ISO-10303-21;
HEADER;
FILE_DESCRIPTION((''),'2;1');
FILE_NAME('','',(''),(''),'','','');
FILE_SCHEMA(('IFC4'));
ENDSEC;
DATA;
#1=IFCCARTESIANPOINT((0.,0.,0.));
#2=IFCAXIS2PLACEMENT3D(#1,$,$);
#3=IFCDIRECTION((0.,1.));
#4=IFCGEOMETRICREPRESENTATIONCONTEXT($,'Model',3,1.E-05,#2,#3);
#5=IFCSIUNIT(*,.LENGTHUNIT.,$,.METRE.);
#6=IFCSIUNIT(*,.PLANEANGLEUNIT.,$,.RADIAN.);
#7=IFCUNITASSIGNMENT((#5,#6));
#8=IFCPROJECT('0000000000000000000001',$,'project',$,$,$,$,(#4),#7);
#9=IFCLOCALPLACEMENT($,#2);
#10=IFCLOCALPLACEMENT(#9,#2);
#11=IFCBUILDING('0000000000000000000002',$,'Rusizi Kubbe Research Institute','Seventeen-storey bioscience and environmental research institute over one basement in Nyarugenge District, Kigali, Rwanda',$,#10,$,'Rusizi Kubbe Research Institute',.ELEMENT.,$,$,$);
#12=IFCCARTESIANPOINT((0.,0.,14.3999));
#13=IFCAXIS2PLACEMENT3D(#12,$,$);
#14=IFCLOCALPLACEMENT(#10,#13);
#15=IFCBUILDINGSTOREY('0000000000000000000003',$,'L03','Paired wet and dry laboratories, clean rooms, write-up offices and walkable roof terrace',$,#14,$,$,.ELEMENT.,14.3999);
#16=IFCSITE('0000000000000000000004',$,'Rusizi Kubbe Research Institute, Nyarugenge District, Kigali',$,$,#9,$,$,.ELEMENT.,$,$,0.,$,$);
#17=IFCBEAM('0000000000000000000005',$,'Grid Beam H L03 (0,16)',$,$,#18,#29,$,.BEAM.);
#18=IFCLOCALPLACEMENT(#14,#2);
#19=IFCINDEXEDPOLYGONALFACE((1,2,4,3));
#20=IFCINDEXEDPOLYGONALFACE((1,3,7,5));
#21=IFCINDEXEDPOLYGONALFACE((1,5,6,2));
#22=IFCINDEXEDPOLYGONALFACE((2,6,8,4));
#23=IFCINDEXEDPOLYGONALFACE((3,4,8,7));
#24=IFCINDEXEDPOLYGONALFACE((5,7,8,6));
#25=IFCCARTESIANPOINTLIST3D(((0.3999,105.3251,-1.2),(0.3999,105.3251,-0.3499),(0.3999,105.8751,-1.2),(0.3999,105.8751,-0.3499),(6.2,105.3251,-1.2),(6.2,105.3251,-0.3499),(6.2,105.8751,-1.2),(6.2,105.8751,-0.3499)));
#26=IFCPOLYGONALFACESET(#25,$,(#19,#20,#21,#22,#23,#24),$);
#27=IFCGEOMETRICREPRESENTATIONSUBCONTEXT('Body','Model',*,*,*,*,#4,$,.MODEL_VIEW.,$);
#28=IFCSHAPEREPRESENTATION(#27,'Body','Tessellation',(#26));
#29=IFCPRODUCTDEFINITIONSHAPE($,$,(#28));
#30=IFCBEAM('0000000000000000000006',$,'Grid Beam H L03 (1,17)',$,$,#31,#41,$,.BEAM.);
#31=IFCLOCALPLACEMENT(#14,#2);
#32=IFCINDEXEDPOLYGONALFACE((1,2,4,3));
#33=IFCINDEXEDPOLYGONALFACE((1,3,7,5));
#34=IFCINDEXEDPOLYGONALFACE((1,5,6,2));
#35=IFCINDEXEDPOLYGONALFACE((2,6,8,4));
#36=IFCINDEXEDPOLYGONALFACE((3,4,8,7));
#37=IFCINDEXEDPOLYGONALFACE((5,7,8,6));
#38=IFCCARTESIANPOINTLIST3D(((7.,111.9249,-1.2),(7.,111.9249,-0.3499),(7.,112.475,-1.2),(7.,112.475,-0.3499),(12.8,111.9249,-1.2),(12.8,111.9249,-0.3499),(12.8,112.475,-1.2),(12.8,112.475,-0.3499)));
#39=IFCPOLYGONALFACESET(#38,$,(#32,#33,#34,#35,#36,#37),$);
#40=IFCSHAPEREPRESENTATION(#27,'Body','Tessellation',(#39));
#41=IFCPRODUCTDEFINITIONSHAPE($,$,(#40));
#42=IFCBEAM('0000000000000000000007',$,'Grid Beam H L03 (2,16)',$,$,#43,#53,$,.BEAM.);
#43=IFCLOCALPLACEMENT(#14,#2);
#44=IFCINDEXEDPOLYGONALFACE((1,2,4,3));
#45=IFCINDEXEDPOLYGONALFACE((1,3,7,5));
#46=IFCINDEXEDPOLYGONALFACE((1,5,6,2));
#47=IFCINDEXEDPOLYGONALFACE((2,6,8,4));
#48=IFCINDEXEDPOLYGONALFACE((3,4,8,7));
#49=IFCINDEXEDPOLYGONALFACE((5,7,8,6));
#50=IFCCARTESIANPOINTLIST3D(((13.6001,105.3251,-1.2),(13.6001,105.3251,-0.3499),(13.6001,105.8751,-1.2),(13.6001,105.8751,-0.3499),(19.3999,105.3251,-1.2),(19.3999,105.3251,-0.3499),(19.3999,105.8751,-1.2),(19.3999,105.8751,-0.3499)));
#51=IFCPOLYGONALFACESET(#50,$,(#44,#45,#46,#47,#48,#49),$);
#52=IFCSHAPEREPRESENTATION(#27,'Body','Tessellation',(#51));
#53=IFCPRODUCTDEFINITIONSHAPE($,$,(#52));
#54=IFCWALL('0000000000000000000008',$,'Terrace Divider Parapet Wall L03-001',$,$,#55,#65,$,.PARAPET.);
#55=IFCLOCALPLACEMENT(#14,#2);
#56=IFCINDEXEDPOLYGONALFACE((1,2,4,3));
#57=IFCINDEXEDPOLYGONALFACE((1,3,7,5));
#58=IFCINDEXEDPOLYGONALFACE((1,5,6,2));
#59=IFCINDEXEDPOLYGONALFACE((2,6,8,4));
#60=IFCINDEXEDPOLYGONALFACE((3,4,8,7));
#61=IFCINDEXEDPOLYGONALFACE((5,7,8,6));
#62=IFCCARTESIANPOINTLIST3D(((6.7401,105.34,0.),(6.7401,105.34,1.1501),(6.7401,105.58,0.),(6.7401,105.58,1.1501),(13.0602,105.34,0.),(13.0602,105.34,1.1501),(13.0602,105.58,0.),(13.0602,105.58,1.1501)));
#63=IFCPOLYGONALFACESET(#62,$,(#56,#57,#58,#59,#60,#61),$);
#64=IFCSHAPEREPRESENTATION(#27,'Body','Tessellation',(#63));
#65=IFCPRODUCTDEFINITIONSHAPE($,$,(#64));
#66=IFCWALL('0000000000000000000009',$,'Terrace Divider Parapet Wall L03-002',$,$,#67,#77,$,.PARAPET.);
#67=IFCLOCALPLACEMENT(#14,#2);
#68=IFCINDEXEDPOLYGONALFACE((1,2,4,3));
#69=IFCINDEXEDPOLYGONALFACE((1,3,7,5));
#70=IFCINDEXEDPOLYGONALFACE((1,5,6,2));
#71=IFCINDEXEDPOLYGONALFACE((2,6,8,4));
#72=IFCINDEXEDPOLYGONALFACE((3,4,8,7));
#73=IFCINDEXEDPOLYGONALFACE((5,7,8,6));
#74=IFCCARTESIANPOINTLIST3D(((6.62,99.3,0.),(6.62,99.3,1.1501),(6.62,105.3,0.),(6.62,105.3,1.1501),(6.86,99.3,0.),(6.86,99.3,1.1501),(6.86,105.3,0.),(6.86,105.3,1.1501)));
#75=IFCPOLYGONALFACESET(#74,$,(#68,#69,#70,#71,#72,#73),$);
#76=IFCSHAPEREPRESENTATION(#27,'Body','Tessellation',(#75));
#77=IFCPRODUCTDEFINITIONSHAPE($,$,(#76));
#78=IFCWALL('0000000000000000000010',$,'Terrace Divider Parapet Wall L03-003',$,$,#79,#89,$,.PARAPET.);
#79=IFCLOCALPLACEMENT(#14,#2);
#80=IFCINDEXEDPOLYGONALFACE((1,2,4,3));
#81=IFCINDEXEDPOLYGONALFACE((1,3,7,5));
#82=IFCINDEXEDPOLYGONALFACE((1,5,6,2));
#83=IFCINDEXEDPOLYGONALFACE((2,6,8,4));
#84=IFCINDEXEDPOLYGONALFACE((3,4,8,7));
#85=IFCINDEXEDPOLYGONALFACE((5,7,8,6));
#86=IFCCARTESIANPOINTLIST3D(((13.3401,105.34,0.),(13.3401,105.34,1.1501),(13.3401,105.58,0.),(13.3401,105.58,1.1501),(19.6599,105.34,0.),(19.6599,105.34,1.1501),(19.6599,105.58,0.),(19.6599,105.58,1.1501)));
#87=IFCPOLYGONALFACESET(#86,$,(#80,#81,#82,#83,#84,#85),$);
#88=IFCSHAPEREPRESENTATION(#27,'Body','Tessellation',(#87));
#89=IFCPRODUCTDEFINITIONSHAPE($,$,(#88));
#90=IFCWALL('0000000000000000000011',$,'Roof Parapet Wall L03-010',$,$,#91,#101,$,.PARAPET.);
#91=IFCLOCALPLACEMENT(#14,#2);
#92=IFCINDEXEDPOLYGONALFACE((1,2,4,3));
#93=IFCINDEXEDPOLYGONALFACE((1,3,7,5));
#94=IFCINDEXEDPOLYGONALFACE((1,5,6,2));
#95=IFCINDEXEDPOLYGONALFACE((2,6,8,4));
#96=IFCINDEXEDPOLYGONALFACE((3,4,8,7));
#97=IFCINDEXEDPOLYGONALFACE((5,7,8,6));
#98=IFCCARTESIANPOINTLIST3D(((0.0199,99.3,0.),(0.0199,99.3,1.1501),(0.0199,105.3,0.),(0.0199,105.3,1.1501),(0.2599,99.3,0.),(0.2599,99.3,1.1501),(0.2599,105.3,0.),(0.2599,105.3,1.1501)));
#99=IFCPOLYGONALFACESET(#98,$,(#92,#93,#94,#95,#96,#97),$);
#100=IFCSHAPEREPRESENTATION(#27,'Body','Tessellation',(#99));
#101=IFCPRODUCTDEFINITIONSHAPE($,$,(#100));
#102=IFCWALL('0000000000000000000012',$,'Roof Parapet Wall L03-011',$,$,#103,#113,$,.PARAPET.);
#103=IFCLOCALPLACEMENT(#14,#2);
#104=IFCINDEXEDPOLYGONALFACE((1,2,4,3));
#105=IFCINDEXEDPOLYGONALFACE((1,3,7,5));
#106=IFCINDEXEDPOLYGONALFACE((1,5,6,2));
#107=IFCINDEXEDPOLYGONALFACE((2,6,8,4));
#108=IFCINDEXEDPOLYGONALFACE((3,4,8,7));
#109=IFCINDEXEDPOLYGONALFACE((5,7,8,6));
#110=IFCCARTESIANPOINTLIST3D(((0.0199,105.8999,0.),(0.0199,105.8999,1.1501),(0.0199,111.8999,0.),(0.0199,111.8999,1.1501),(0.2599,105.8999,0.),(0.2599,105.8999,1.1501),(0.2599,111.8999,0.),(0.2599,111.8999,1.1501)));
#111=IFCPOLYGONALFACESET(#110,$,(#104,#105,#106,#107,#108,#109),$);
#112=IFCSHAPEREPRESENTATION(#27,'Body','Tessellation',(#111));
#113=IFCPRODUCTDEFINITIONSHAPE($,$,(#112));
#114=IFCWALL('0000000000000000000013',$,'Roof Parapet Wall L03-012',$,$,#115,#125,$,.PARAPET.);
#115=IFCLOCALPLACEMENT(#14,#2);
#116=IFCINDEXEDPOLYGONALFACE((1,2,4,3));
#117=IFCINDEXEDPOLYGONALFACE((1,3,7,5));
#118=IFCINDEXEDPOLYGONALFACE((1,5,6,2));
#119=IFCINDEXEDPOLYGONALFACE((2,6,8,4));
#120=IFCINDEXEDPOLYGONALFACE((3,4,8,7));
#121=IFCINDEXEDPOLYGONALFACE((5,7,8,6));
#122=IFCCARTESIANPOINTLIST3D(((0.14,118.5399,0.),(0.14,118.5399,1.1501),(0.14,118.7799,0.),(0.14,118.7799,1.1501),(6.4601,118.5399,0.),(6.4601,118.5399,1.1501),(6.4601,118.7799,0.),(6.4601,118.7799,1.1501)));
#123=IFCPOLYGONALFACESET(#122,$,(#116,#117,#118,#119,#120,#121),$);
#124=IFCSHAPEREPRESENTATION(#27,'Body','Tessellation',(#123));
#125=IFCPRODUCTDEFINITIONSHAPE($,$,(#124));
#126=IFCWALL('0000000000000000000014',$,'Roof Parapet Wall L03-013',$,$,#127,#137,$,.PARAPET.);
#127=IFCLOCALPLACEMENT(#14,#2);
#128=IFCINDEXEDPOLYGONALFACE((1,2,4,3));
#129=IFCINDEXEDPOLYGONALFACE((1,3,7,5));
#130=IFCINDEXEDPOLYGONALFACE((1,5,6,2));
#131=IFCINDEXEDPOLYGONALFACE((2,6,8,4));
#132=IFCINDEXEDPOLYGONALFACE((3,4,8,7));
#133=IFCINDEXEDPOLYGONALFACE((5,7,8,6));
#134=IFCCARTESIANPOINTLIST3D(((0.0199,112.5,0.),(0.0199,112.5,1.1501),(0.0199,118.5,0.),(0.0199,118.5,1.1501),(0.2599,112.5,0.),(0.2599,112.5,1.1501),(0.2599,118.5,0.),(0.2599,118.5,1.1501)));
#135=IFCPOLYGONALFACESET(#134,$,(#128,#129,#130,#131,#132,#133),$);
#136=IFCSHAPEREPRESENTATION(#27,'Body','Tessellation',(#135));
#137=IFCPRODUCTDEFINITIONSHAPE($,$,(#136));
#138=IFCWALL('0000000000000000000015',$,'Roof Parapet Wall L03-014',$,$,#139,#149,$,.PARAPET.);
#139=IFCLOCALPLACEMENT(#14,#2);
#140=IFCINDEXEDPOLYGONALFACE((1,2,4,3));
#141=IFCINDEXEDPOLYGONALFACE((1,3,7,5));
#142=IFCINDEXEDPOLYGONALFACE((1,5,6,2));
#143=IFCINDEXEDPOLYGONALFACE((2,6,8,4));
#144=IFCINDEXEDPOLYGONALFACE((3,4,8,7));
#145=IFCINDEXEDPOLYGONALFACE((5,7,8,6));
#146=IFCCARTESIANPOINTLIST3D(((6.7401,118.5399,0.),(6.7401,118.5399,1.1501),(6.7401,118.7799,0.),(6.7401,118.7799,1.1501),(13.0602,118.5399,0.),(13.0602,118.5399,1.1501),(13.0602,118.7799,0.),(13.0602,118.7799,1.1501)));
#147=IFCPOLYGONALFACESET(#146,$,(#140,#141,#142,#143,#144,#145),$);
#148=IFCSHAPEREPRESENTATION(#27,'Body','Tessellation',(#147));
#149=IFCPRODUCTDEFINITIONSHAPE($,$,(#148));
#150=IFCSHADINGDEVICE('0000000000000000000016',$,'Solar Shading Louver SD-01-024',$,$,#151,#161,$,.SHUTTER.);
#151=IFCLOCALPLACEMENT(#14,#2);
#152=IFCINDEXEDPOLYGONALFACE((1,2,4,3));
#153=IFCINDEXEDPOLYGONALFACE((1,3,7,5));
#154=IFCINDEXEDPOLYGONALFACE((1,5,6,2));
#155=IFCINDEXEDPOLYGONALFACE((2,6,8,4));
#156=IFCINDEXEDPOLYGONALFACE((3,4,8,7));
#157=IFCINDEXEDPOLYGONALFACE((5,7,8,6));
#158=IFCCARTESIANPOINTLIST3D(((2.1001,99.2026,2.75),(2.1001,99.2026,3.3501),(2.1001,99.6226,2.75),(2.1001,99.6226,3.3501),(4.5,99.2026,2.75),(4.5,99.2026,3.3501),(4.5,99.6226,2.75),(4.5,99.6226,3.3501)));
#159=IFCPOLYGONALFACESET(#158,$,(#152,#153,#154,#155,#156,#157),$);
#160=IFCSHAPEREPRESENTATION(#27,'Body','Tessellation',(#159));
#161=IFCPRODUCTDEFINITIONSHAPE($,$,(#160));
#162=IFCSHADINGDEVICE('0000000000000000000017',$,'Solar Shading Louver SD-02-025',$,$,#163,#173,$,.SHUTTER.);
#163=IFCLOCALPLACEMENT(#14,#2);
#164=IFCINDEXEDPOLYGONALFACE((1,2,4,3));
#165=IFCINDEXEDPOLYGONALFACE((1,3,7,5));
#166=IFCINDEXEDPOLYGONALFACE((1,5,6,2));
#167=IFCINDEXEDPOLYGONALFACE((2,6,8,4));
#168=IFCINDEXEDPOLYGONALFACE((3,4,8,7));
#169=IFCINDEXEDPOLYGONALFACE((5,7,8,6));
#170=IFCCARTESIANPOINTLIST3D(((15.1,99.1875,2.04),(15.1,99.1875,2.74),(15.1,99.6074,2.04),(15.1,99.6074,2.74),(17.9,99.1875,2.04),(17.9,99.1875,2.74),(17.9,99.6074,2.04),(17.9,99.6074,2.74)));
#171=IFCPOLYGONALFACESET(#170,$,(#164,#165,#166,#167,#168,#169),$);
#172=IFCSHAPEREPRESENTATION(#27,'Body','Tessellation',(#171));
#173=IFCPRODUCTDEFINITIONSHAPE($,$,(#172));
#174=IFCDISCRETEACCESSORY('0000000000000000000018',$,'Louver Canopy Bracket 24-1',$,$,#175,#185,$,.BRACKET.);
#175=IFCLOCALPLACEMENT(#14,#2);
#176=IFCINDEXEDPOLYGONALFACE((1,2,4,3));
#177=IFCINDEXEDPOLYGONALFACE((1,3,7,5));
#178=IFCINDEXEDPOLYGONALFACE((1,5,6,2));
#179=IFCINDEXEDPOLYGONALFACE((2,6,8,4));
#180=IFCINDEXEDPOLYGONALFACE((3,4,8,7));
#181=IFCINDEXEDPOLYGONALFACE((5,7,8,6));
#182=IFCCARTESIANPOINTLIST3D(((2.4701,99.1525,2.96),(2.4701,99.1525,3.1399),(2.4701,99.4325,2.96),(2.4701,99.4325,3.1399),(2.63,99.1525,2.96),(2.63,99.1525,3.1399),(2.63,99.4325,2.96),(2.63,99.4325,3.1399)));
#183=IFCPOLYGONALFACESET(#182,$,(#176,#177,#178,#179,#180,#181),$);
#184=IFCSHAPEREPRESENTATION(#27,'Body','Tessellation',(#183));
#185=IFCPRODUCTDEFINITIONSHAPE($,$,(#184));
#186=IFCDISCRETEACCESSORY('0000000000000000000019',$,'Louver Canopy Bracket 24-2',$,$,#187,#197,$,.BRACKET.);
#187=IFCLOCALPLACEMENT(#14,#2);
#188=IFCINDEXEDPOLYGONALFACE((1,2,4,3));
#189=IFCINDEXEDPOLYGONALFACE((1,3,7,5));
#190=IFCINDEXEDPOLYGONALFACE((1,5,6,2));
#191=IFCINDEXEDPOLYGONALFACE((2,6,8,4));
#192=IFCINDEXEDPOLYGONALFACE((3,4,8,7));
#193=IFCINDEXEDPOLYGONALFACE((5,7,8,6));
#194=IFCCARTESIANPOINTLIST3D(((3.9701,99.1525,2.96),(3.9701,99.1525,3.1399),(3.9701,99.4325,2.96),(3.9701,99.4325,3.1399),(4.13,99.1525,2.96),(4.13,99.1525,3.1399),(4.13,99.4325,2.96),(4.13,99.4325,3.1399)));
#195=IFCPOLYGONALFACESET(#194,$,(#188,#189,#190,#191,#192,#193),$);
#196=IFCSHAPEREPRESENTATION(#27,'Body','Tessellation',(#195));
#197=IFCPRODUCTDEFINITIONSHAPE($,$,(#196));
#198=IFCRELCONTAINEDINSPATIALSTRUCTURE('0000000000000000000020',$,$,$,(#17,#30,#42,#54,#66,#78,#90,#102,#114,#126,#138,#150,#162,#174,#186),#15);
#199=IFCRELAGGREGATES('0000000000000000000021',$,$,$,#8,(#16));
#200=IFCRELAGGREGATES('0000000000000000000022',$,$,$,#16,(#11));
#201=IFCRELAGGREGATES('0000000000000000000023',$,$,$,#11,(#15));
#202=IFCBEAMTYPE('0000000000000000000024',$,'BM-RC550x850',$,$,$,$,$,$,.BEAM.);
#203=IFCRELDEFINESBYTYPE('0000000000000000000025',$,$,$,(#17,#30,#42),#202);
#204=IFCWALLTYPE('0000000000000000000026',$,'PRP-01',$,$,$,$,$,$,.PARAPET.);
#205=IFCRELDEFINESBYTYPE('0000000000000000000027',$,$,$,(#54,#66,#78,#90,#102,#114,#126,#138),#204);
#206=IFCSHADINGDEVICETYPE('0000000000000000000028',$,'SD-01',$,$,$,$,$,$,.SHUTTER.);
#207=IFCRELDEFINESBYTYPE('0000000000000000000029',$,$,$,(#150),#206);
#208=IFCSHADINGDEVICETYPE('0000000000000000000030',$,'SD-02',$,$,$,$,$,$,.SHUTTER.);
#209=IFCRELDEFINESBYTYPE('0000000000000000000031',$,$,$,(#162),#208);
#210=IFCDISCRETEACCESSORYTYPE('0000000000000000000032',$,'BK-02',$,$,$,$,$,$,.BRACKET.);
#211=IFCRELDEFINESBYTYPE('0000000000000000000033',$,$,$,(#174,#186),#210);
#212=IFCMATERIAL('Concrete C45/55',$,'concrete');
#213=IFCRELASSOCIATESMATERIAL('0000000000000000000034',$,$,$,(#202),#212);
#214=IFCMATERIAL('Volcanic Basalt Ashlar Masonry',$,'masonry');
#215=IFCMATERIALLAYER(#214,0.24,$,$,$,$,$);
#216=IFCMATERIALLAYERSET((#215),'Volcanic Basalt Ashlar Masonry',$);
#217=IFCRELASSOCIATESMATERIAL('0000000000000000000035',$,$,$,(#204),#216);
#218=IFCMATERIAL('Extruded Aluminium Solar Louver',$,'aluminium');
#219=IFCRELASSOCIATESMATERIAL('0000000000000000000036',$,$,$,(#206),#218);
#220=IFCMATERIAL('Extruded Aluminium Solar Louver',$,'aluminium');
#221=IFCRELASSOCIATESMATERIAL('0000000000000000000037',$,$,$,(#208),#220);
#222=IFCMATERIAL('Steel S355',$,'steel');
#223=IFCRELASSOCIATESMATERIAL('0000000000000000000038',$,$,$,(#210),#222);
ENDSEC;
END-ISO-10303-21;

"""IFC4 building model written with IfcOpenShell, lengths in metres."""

from ifc_helpers import new_model, si_unit, direction, frame, frame_2d, origin, origin_2d, place, context, subcontext, project, spatial, rectangle, extrude, material, layer, layer_set, material_profile, profile_set, type_object, element, save


model = new_model("IFC4")

# Units and contexts
model_context = context("Model", 3, precision=1e-05, world=origin(), true_north=direction((0.0, 1.0)))
body_context = subcontext(model_context, "Body", "Model", "MODEL_VIEW")
ifc_project = project(units=[si_unit("LENGTHUNIT", "METRE"), si_unit("PLANEANGLEUNIT", "RADIAN")], contexts=[model_context])

# Site, building, storey
site_placement = place(None, origin())
site = spatial("IfcSite", under=ifc_project, at=site_placement, Name="Rusizi Kubbe Research Institute, Nyarugenge District, Kigali", CompositionType="ELEMENT", RefElevation=0.0)
building_placement = place(site_placement, origin())
building = spatial("IfcBuilding", under=site, at=building_placement, Name="Rusizi Kubbe Research Institute", Description="Seventeen-storey bioscience and environmental research institute over one basement in Nyarugenge District, Kigali, Rwanda", LongName="Rusizi Kubbe Research Institute", CompositionType="ELEMENT")
storey_placement = place(building_placement, frame((0.0, 0.0, 14.3999)))
storey = spatial("IfcBuildingStorey", under=building, at=storey_placement, Name="L03", Description="Paired wet and dry laboratories, clean rooms, write-up offices and walkable roof terrace", CompositionType="ELEMENT", Elevation=14.3999)

# Beams
ifc_material_1 = material(Name="Concrete C45/55", Category="concrete")
ifc_material_profile_1 = material_profile(ifc_material_1, rectangle(XDim=0.55, YDim=0.8501, at=origin_2d()), Name="RC550x850")
ifc_profile_set_1 = profile_set([ifc_material_profile_1], Name="Concrete C45/55")
beam_type_1 = type_object("IfcBeamType", Name="BM-RC550x850", PredefinedType="BEAM", material=ifc_profile_set_1)
for number, where, z_axis, x_axis, name in (
    (1, (0.3999, 105.6001, -0.7749), (1.0, 0.0, 0.0), (0.0, 1.0, 0.0), "Grid Beam H L03 (0,16)"),
    (2, (7.0, 112.2, -0.7749), (1.0, 0.0, 0.0), (0.0, 1.0, 0.0), "Grid Beam H L03 (1,17)"),
):
    element("IfcBeam", number, at=place(storey_placement, frame(where, z_axis=z_axis, x_axis=x_axis)), inside=storey, type_object=beam_type_1, Name=name, PredefinedType="BEAM", context=body_context, shape_type="SweptSolid", body=[
        extrude(rectangle(XDim=0.55, YDim=0.8501, at=origin_2d()), origin(), (0.0, 0.0, 1.0), 5.8),
    ])
beam_1_placement = place(storey_placement, frame((13.6001, 105.6001, -0.7749), z_axis=(1.0, 0.0, 0.0), x_axis=(0.0, 1.0, 0.0)))
element("IfcBeam", 3, at=beam_1_placement, inside=storey, type_object=beam_type_1, Name="Grid Beam H L03 (2,16)", PredefinedType="BEAM", context=body_context, shape_type="SweptSolid", body=[
    extrude(rectangle(XDim=0.55, YDim=0.8501, at=origin_2d()), origin(), (0.0, 0.0, 1.0), 5.7998),
])

# Walls
ifc_material_2 = material(Name="Volcanic Basalt Ashlar Masonry", Category="masonry")
ifc_layer = layer(ifc_material_2, 0.24)
ifc_layer_set = layer_set([ifc_layer], Name="Volcanic Basalt Ashlar Masonry")
wall_type = type_object("IfcWallType", Name="PRP-01", PredefinedType="PARAPET", material=ifc_layer_set)
wall_1_placement = place(storey_placement, frame((6.74, 105.46, 0.0), z_axis=(0.0, 0.0, 1.0), x_axis=(1.0, 0.0, 0.0)))
element("IfcWall", 4, at=wall_1_placement, inside=storey, type_object=wall_type, Name="Terrace Divider Parapet Wall L03-001", PredefinedType="PARAPET", context=body_context, shape_type="SweptSolid", body=[
    extrude(rectangle(XDim=6.3201, YDim=0.24, at=frame_2d((3.1602, 0.0))), origin(), (0.0, 0.0, 1.0), 1.1501),
])
wall_2_placement = place(storey_placement, frame((6.74, 99.3, 0.0), z_axis=(0.0, 0.0, 1.0), x_axis=(0.0, 1.0, 0.0)))
element("IfcWall", 5, at=wall_2_placement, inside=storey, type_object=wall_type, Name="Terrace Divider Parapet Wall L03-002", PredefinedType="PARAPET", context=body_context, shape_type="SweptSolid", body=[
    extrude(rectangle(XDim=6.0, YDim=0.24, at=frame_2d((3.0, 0.0))), origin(), (0.0, 0.0, 1.0), 1.1501),
])
wall_3_placement = place(storey_placement, frame((13.3401, 105.46, 0.0), z_axis=(0.0, 0.0, 1.0), x_axis=(1.0, 0.0, 0.0)))
element("IfcWall", 6, at=wall_3_placement, inside=storey, type_object=wall_type, Name="Terrace Divider Parapet Wall L03-003", PredefinedType="PARAPET", context=body_context, shape_type="SweptSolid", body=[
    extrude(rectangle(XDim=6.3198, YDim=0.24, at=frame_2d((3.1599, 0.0))), origin(), (0.0, 0.0, 1.0), 1.1501),
])
for number, where, z_axis, x_axis, name in (
    (7, (0.1399, 99.3, 0.0), (0.0, 0.0, 1.0), (0.0, 1.0, 0.0), "Roof Parapet Wall L03-010"),
    (8, (0.1399, 105.8999, 0.0), (0.0, 0.0, 1.0), (0.0, 1.0, 0.0), "Roof Parapet Wall L03-011"),
):
    element("IfcWall", number, at=place(storey_placement, frame(where, z_axis=z_axis, x_axis=x_axis)), inside=storey, type_object=wall_type, Name=name, PredefinedType="PARAPET", context=body_context, shape_type="SweptSolid", body=[
        extrude(rectangle(XDim=6.0, YDim=0.24, at=frame_2d((3.0, 0.0))), origin(), (0.0, 0.0, 1.0), 1.1501),
    ])
wall_4_placement = place(storey_placement, frame((0.1399, 118.6599, 0.0), z_axis=(0.0, 0.0, 1.0), x_axis=(1.0, 0.0, 0.0)))
element("IfcWall", 9, at=wall_4_placement, inside=storey, type_object=wall_type, Name="Roof Parapet Wall L03-012", PredefinedType="PARAPET", context=body_context, shape_type="SweptSolid", body=[
    extrude(rectangle(XDim=6.3201, YDim=0.24, at=frame_2d((3.1602, 0.0))), origin(), (0.0, 0.0, 1.0), 1.1501),
])
wall_5_placement = place(storey_placement, frame((0.1399, 112.5, 0.0), z_axis=(0.0, 0.0, 1.0), x_axis=(0.0, 1.0, 0.0)))
element("IfcWall", 10, at=wall_5_placement, inside=storey, type_object=wall_type, Name="Roof Parapet Wall L03-013", PredefinedType="PARAPET", context=body_context, shape_type="SweptSolid", body=[
    extrude(rectangle(XDim=6.0, YDim=0.24, at=frame_2d((3.0, 0.0))), origin(), (0.0, 0.0, 1.0), 1.1501),
])
wall_6_placement = place(storey_placement, frame((6.74, 118.6599, 0.0), z_axis=(0.0, 0.0, 1.0), x_axis=(1.0, 0.0, 0.0)))
element("IfcWall", 11, at=wall_6_placement, inside=storey, type_object=wall_type, Name="Roof Parapet Wall L03-014", PredefinedType="PARAPET", context=body_context, shape_type="SweptSolid", body=[
    extrude(rectangle(XDim=6.3201, YDim=0.24, at=frame_2d((3.1602, 0.0))), origin(), (0.0, 0.0, 1.0), 1.1501),
])

# Shading devices
ifc_material_3 = material(Name="Extruded Aluminium Solar Louver", Category="aluminium")
shading_device_type_1 = type_object("IfcShadingDeviceType", Name="SD-01", PredefinedType="SHUTTER", material=ifc_material_3)
shading_device_1_placement = place(storey_placement, frame((3.3, 99.4126, 2.75), z_axis=(0.0, 0.0, 1.0), x_axis=(1.0, 0.0, 0.0)))
element("IfcShadingDevice", 12, at=shading_device_1_placement, inside=storey, type_object=shading_device_type_1, Name="Solar Shading Louver SD-01-024", PredefinedType="SHUTTER", context=body_context, shape_type="SweptSolid", body=[
    extrude(rectangle(XDim=2.3999, YDim=0.4199, at=origin_2d()), origin(), (0.0, 0.0, 1.0), 0.6001),
])
ifc_material_4 = material(Name="Extruded Aluminium Solar Louver", Category="aluminium")
shading_device_type_2 = type_object("IfcShadingDeviceType", Name="SD-02", PredefinedType="SHUTTER", material=ifc_material_4)
shading_device_2_placement = place(storey_placement, frame((16.5, 99.3975, 2.04), z_axis=(0.0, 0.0, 1.0), x_axis=(1.0, 0.0, 0.0)))
element("IfcShadingDevice", 13, at=shading_device_2_placement, inside=storey, type_object=shading_device_type_2, Name="Solar Shading Louver SD-02-025", PredefinedType="SHUTTER", context=body_context, shape_type="SweptSolid", body=[
    extrude(rectangle(XDim=2.8, YDim=0.4199, at=origin_2d()), origin(), (0.0, 0.0, 1.0), 0.7),
])

# Discrete accessories
ifc_material_5 = material(Name="Steel S355", Category="steel")
discrete_accessory_type = type_object("IfcDiscreteAccessoryType", Name="BK-02", PredefinedType="BRACKET", material=ifc_material_5)
for number, where, z_axis, x_axis, name in (
    (14, (2.55, 99.2925, 2.96), (0.0, 0.0, 1.0), (1.0, 0.0, 0.0), "Louver Canopy Bracket 24-1"),
    (15, (4.05, 99.2925, 2.96), (0.0, 0.0, 1.0), (1.0, 0.0, 0.0), "Louver Canopy Bracket 24-2"),
):
    element("IfcDiscreteAccessory", number, at=place(storey_placement, frame(where, z_axis=z_axis, x_axis=x_axis)), inside=storey, type_object=discrete_accessory_type, Name=name, PredefinedType="BRACKET", context=body_context, shape_type="SweptSolid", body=[
        extrude(rectangle(XDim=0.1599, YDim=0.28, at=origin_2d()), origin(), (0.0, 0.0, 1.0), 0.1799),
    ])

save(model, "model.ifc")
